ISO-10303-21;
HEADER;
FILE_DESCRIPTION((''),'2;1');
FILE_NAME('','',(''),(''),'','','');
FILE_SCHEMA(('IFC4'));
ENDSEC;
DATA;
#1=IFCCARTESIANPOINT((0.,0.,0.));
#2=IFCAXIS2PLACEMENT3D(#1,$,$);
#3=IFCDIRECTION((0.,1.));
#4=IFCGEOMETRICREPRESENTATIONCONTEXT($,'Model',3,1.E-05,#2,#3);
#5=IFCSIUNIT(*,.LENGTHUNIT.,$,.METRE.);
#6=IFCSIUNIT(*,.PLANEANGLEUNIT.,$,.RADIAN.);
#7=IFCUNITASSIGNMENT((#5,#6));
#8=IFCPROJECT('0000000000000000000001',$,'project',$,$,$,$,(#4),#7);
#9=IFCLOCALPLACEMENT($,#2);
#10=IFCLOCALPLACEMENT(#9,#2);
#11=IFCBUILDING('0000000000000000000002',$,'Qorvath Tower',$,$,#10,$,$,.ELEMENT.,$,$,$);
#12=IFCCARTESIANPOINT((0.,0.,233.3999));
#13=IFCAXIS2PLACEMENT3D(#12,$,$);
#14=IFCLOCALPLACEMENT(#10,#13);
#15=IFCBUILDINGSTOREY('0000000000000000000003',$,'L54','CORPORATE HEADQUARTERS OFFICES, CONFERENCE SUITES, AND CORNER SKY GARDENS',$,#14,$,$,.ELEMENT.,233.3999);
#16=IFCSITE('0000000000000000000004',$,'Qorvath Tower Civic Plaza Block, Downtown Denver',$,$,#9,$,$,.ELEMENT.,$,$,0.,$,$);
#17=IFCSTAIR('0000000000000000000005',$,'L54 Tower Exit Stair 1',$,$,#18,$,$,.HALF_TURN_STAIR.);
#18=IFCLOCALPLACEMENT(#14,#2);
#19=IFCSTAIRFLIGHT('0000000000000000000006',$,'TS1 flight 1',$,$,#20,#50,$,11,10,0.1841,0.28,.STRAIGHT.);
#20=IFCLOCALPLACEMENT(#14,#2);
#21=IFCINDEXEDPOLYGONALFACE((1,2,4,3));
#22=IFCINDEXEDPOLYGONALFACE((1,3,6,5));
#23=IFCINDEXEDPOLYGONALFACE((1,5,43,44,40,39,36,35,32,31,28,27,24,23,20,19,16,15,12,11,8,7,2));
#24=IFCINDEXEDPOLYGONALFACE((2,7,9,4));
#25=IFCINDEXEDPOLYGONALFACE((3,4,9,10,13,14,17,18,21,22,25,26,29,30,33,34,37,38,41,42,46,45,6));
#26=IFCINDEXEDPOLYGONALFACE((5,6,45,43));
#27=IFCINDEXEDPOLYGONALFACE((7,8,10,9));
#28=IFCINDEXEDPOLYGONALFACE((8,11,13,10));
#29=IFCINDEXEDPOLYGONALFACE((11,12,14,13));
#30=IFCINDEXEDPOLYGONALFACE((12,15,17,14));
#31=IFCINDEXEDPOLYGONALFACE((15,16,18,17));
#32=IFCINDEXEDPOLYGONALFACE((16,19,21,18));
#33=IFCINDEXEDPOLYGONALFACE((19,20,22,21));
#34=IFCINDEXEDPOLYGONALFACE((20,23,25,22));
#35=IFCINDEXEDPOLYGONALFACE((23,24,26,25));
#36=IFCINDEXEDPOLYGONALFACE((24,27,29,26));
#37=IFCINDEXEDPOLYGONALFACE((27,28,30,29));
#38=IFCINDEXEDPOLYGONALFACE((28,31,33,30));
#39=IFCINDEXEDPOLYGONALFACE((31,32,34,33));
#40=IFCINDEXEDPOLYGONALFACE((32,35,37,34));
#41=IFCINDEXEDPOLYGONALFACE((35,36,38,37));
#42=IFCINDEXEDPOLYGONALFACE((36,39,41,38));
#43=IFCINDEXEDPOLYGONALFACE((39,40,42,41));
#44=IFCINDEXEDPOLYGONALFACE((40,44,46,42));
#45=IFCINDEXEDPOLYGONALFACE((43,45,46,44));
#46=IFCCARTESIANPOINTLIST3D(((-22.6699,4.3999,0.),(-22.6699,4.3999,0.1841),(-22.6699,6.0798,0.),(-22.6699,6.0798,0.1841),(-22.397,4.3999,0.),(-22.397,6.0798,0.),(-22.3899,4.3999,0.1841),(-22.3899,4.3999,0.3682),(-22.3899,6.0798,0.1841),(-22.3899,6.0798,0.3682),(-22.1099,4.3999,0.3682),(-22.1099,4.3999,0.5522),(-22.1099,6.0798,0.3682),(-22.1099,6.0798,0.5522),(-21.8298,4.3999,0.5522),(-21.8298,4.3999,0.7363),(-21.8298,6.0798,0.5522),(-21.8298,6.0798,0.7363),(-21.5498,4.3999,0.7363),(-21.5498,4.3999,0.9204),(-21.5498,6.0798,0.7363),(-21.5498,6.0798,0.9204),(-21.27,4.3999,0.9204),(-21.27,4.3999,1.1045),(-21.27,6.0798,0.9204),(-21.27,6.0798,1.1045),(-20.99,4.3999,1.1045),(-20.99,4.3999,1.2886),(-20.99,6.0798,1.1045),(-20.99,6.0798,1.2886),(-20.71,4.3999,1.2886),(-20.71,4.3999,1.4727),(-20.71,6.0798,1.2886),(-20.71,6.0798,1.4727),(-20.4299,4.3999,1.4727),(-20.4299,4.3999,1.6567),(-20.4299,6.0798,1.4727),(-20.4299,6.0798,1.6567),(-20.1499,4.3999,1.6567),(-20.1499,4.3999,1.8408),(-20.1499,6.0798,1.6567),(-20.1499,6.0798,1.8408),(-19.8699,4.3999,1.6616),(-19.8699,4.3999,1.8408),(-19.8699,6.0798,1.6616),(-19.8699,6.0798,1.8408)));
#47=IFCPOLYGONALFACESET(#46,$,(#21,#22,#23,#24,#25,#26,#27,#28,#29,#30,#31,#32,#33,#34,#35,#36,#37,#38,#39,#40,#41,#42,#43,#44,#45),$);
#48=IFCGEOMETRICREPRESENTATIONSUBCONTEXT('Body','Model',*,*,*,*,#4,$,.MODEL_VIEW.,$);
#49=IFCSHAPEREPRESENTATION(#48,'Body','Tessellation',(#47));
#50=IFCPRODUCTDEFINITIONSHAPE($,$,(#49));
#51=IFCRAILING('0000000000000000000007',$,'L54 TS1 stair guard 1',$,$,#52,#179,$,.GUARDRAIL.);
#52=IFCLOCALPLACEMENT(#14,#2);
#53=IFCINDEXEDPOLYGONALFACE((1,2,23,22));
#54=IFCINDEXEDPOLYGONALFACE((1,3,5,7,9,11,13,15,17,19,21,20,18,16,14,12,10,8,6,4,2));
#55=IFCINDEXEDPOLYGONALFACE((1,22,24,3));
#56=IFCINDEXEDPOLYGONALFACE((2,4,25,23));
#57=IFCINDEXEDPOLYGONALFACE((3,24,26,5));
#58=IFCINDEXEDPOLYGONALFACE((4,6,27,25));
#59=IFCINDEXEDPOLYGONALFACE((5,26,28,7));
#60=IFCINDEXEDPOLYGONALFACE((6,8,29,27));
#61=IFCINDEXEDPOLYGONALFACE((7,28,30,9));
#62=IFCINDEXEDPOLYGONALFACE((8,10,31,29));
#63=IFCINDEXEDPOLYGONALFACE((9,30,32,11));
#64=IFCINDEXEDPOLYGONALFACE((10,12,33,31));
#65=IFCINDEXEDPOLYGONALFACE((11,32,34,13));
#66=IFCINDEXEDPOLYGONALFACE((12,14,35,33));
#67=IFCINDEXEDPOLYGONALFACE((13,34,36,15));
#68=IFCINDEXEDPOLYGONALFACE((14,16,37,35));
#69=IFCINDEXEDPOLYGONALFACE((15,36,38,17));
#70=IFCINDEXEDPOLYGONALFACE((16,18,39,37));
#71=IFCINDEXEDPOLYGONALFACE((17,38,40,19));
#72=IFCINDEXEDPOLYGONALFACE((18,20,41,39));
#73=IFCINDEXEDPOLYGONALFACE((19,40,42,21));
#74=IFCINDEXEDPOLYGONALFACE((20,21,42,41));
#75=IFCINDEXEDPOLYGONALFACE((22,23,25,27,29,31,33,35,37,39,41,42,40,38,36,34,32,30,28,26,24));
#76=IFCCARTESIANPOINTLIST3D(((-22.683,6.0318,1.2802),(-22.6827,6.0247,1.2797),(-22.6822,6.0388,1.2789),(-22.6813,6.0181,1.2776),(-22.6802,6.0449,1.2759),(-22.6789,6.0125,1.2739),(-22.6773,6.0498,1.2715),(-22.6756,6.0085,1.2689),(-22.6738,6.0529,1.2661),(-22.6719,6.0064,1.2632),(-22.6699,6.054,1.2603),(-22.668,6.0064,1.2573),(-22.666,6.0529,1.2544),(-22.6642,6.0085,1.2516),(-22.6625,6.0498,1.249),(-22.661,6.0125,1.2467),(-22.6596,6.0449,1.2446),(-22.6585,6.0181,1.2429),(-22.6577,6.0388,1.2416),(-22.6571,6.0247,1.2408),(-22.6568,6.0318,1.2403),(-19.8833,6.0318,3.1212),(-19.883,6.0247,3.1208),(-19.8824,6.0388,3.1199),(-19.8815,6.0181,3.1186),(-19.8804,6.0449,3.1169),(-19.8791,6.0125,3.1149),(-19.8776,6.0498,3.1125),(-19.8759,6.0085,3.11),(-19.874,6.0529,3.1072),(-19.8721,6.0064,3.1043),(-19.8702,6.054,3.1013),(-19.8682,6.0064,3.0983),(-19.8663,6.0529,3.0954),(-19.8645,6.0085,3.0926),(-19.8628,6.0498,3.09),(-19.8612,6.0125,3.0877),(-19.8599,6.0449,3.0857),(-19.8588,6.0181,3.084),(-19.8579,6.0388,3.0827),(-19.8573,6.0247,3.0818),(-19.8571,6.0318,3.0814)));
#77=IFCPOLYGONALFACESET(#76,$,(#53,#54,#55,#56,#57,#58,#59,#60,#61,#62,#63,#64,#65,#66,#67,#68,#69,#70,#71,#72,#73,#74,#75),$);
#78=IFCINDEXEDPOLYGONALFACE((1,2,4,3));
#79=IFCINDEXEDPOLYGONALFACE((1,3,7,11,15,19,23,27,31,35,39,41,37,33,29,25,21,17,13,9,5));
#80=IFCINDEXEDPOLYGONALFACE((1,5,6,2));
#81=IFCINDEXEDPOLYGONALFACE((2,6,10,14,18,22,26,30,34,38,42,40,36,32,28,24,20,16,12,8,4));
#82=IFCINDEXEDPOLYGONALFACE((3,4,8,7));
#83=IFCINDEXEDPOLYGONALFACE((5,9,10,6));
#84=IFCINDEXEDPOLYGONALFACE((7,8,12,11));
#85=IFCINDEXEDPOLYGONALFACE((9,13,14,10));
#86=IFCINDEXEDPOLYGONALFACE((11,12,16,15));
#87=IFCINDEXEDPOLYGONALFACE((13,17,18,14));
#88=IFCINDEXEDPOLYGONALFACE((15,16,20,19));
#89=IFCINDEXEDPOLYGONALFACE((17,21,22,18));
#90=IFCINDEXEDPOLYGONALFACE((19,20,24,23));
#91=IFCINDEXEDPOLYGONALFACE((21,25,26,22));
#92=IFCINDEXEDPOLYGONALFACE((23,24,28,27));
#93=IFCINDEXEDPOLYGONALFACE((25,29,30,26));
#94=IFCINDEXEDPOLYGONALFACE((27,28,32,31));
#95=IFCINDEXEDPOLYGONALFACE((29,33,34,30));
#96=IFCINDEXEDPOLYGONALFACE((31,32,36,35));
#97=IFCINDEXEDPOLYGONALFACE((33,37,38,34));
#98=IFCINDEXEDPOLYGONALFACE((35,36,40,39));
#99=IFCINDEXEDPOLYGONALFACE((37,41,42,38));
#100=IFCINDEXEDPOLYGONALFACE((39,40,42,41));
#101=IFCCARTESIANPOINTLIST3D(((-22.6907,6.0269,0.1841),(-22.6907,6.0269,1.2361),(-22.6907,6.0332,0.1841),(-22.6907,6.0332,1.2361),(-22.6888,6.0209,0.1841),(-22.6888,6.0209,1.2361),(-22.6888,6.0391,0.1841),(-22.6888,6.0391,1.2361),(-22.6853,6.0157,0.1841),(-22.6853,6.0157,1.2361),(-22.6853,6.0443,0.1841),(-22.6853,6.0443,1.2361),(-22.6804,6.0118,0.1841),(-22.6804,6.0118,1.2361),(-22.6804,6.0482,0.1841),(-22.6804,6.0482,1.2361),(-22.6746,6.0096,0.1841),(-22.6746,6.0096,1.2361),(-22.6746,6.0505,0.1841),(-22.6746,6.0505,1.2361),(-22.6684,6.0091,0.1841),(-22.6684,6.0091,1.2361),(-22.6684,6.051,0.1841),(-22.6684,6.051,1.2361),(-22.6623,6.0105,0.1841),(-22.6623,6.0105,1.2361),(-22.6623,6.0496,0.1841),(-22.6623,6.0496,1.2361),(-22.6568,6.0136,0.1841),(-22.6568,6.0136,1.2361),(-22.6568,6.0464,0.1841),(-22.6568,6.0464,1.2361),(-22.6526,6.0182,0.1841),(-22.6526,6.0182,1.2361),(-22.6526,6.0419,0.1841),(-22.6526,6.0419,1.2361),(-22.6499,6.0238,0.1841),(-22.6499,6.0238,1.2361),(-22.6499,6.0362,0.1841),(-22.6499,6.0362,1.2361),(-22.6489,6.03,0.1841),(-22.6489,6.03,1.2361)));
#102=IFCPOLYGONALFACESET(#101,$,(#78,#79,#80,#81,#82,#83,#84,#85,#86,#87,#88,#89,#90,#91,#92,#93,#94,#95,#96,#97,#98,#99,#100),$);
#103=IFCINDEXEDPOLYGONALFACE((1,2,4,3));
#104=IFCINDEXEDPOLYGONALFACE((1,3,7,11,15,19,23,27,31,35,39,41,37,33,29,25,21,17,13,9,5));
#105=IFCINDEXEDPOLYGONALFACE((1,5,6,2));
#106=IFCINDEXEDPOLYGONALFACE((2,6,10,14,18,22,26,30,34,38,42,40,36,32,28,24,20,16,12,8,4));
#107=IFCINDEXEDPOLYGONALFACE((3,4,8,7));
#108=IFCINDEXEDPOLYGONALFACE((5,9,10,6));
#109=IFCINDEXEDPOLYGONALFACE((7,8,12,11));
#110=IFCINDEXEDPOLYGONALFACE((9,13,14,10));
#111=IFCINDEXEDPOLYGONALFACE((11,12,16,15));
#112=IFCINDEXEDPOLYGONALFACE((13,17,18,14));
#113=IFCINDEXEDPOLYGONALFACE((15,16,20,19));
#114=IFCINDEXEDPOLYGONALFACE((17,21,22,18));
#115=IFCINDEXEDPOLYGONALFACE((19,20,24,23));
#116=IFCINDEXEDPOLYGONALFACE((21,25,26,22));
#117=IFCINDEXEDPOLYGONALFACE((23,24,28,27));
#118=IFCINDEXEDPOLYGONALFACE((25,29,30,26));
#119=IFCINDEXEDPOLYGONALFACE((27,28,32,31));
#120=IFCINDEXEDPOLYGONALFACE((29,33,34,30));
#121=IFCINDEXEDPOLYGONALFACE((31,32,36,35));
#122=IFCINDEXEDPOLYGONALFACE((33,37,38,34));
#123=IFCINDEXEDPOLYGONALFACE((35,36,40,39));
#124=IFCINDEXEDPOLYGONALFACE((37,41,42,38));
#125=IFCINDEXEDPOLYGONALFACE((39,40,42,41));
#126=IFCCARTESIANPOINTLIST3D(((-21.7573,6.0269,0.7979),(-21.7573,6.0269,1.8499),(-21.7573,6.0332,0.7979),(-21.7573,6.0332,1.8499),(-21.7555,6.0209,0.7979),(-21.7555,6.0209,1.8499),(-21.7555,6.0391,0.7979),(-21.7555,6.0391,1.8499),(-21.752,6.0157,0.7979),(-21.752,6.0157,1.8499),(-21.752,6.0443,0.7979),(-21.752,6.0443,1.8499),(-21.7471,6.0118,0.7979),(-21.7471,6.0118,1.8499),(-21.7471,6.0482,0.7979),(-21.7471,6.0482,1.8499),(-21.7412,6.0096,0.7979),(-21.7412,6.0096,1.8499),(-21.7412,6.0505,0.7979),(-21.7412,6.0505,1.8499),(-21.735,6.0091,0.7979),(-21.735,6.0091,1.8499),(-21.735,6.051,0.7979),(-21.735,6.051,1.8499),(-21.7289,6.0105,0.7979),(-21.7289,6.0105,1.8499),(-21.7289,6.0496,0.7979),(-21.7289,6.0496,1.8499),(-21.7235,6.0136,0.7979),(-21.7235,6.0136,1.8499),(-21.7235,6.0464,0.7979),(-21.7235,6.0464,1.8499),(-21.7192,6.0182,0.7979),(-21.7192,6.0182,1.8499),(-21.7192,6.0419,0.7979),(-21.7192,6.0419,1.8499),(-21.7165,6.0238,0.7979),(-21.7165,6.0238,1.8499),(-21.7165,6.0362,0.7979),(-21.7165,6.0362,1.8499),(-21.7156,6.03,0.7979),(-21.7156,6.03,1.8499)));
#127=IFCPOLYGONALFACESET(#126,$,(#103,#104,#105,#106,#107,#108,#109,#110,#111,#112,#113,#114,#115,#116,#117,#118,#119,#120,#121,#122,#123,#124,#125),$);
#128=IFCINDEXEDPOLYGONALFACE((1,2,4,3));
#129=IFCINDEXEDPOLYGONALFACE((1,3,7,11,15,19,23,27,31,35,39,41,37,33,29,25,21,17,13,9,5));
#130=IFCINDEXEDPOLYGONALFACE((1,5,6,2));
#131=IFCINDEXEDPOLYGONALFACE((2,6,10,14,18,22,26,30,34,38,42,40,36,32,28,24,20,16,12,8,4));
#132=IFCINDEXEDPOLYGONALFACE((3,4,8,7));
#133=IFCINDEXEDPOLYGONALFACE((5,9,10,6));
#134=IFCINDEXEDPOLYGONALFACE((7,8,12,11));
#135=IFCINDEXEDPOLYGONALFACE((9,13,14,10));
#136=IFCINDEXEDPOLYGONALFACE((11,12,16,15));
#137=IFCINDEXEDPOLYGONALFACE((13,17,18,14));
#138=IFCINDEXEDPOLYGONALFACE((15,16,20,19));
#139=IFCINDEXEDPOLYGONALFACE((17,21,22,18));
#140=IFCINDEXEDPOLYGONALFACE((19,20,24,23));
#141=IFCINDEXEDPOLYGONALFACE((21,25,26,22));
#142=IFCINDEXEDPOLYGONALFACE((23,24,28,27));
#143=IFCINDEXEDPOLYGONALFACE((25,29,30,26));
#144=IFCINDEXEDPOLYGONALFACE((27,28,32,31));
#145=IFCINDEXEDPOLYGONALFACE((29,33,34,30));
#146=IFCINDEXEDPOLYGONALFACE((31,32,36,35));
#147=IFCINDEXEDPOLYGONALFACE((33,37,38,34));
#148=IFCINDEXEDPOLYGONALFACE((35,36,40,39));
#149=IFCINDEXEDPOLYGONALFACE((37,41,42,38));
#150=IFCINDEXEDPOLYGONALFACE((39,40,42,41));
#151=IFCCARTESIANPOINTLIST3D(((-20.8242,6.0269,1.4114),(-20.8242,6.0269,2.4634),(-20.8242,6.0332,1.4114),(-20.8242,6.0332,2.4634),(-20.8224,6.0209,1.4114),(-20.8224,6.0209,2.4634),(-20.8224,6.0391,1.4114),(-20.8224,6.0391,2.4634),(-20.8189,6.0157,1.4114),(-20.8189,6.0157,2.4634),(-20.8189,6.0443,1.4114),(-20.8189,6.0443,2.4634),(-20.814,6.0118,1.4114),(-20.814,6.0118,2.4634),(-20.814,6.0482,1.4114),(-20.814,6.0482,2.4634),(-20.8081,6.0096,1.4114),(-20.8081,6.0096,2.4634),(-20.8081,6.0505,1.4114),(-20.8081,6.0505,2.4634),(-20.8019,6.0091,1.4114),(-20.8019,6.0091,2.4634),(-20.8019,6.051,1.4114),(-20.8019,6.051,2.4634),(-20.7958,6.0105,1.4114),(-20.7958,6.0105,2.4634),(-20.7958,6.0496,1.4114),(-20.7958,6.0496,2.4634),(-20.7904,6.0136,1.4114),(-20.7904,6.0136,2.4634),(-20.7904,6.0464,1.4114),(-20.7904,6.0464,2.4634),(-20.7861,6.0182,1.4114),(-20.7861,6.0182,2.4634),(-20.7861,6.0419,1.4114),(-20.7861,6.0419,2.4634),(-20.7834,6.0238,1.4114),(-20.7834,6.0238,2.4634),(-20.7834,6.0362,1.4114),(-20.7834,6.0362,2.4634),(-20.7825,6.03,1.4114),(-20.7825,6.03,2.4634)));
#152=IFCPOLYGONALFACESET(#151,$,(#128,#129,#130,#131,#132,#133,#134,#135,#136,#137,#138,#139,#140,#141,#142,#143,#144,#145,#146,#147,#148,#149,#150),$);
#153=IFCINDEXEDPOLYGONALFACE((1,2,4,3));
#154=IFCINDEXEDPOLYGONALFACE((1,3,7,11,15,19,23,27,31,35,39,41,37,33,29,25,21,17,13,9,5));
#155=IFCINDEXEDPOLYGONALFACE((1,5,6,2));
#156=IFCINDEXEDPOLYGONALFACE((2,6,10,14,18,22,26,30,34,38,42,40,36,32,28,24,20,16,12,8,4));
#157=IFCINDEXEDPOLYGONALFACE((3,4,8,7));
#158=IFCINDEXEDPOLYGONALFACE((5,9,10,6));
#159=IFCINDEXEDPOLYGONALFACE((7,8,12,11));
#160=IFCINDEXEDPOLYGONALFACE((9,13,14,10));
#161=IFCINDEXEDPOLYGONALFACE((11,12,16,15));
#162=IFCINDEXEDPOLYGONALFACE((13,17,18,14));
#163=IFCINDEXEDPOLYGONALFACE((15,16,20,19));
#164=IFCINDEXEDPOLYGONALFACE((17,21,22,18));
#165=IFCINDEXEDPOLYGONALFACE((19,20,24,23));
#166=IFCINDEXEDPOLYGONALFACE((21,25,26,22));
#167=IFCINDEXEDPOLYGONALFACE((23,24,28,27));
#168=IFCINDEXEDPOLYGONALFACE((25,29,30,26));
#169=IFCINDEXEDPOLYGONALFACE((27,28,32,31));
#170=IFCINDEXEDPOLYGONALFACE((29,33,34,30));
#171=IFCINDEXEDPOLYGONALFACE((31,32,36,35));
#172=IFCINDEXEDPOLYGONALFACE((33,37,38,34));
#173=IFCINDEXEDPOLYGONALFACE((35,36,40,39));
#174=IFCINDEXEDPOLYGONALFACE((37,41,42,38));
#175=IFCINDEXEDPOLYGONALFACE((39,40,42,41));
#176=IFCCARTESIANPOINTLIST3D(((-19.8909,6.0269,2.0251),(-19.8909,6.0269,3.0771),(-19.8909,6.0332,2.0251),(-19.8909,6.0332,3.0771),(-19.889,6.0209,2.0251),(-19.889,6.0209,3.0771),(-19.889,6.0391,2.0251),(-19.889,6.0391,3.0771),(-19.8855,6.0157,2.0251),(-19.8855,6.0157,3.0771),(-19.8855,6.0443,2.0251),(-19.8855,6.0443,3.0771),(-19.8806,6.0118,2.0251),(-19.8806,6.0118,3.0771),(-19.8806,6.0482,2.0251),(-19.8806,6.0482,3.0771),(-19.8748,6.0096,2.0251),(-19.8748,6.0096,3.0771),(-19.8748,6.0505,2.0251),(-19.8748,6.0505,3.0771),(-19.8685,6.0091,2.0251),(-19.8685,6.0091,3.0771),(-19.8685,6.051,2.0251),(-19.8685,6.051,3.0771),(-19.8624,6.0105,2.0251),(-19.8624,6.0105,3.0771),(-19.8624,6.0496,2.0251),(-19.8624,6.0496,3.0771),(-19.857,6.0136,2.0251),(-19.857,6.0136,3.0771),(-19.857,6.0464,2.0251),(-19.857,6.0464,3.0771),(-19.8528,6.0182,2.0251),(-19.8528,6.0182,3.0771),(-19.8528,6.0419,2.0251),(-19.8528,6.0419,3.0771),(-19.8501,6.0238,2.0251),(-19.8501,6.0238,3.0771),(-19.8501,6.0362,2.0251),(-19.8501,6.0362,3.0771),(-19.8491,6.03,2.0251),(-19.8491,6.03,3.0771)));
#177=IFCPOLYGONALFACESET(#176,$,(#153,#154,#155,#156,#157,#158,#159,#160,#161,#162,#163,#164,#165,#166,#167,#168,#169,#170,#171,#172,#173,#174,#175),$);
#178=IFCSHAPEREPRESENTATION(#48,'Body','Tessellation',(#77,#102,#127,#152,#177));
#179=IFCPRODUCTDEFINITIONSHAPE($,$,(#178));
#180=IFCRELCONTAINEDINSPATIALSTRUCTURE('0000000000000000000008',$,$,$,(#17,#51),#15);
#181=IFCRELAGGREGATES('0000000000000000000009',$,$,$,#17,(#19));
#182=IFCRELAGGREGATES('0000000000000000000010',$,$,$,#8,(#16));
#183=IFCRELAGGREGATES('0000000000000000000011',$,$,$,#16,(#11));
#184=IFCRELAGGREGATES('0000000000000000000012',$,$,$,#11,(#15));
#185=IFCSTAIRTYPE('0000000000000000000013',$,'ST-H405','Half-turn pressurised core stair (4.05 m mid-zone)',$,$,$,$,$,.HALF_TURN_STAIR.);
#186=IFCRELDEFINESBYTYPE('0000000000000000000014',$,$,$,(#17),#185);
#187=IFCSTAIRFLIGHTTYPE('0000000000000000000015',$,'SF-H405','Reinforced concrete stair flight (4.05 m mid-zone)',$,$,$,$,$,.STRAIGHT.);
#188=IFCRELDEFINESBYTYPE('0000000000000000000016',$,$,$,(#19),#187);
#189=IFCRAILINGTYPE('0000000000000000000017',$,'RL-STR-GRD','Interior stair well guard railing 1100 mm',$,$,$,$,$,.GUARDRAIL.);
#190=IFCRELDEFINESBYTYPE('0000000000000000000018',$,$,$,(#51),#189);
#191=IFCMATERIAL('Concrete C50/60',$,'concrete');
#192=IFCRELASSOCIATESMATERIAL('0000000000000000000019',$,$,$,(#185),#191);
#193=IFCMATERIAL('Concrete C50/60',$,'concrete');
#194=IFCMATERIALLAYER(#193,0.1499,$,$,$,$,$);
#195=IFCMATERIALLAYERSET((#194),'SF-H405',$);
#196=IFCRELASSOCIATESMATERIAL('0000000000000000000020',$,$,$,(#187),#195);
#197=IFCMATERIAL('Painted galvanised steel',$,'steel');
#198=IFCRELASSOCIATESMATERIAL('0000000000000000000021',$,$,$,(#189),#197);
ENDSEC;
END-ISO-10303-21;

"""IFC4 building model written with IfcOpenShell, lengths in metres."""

from ifc_helpers import new_model, si_unit, direction, frame, origin, origin_2d, place, context, subcontext, project, spatial, polyline, circle, outline, extrude, material, layer, layer_set, type_object, element, aggregate, save


model = new_model("IFC4")

# Units and contexts
model_context = context("Model", 3, precision=1e-05, world=origin(), true_north=direction((0.0, 1.0)))
body_context = subcontext(model_context, "Body", "Model", "MODEL_VIEW")
ifc_project = project(units=[si_unit("LENGTHUNIT", "METRE"), si_unit("PLANEANGLEUNIT", "RADIAN")], contexts=[model_context])

# Site, building, storey
site_placement = place(None, origin())
site = spatial("IfcSite", under=ifc_project, at=site_placement, Name="Qorvath Tower Civic Plaza Block, Downtown Denver", CompositionType="ELEMENT", RefElevation=0.0)
building_placement = place(site_placement, origin())
building = spatial("IfcBuilding", under=site, at=building_placement, Name="Qorvath Tower", CompositionType="ELEMENT")
storey_placement = place(building_placement, frame((0.0, 0.0, 233.3999)))
storey = spatial("IfcBuildingStorey", under=building, at=storey_placement, Name="L54", Description="CORPORATE HEADQUARTERS OFFICES, CONFERENCE SUITES, AND CORNER SKY GARDENS", CompositionType="ELEMENT", Elevation=233.3999)

# Stair, stair flight
ifc_material_1 = material(Name="Concrete C50/60", Category="concrete")
stair_type = type_object("IfcStairType", Name="ST-H405", Description="Half-turn pressurised core stair (4.05 m mid-zone)", PredefinedType="HALF_TURN_STAIR", material=ifc_material_1)
stair_placement = place(storey_placement, origin())
stair = element("IfcStair", 1, at=stair_placement, inside=storey, type_object=stair_type, Name="L54 Tower Exit Stair 1", PredefinedType="HALF_TURN_STAIR")
ifc_material_2 = material(Name="Concrete C50/60", Category="concrete")
ifc_layer_1 = layer(ifc_material_2, 0.1499)
ifc_layer_set_1 = layer_set([ifc_layer_1], Name="SF-H405")
stair_flight_type = type_object("IfcStairFlightType", Name="SF-H405", Description="Reinforced concrete stair flight (4.05 m mid-zone)", PredefinedType="STRAIGHT", material=ifc_layer_set_1)
stair_flight_placement = place(storey_placement, frame((-22.6699, 5.24, 0.0), z_axis=(0.0, 0.0, 1.0), x_axis=(1.0, 0.0, 0.0)))
stair_flight = element("IfcStairFlight", 2, at=stair_flight_placement, type_object=stair_flight_type, Name="TS1 flight 1", NumberOfRisers=11, NumberOfTreads=10, PredefinedType="STRAIGHT", RiserHeight=0.1841, TreadLength=0.28, context=body_context, shape_type="SweptSolid", body=[
    extrude(outline(polyline([(0.0, 0.0), (0.0, 0.1841), (0.28, 0.1841), (0.28, 0.3682), (0.5601, 0.3682), (0.5601, 0.5522), (0.8401, 0.5522), (0.8401, 0.7363), (1.1201, 0.7363), (1.1201, 0.9204), (1.3999, 0.9204), (1.3999, 1.1045), (1.6799, 1.1045), (1.6799, 1.2886), (1.96, 1.2886), (1.96, 1.4727), (2.24, 1.4727), (2.24, 1.6567), (2.52, 1.6567), (2.52, 1.8408), (2.8, 1.8408), (2.8, 2.0249), (2.8, 1.6616), (0.2729, 0.0), (0.0, 0.0)])), frame((0.0, 0.8398, 0.0), z_axis=(0.0, -1.0, 0.0), x_axis=(1.0, 0.0, 0.0)), (0.0, 0.0, 1.0), 1.6799),
])
aggregate(stair, [stair_flight])

# Railing
ifc_material_3 = material(Name="Painted galvanised steel", Category="steel")
railing_type_1 = type_object("IfcRailingType", Name="RL-STR-GRD", Description="Interior stair well guard railing 1100 mm", PredefinedType="GUARDRAIL", material=ifc_material_3)
railing_1_placement = place(storey_placement, frame((-22.6699, 6.03, 0.1841)))
element("IfcRailing", 3, at=railing_1_placement, inside=storey, type_object=railing_type_1, Name="L54 TS1 stair guard 1", PredefinedType="GUARDRAIL", context=body_context, shape_type="SweptSolid", body=[
    extrude(circle(Radius=0.0239, at=origin_2d()), frame((0.0, 0.0, 1.0762), z_axis=(0.835542, 0.0, 0.549426), x_axis=(0.0, 1.0, 0.0)), (0.0, 0.0, 1.0), 3.3508),
    extrude(circle(Radius=0.021, at=origin_2d()), origin(), (0.0, 0.0, 1.0), 1.052),
    extrude(circle(Radius=0.021, at=origin_2d()), frame((0.9333, 0.0, 0.6138)), (0.0, 0.0, 1.0), 1.052),
    extrude(circle(Radius=0.021, at=origin_2d()), frame((1.8665, 0.0, 1.2273)), (0.0, 0.0, 1.0), 1.052),
    extrude(circle(Radius=0.021, at=origin_2d()), frame((2.7998, 0.0, 1.8411)), (0.0, 0.0, 1.0), 1.052),
])

save(model, "model.ifc")
